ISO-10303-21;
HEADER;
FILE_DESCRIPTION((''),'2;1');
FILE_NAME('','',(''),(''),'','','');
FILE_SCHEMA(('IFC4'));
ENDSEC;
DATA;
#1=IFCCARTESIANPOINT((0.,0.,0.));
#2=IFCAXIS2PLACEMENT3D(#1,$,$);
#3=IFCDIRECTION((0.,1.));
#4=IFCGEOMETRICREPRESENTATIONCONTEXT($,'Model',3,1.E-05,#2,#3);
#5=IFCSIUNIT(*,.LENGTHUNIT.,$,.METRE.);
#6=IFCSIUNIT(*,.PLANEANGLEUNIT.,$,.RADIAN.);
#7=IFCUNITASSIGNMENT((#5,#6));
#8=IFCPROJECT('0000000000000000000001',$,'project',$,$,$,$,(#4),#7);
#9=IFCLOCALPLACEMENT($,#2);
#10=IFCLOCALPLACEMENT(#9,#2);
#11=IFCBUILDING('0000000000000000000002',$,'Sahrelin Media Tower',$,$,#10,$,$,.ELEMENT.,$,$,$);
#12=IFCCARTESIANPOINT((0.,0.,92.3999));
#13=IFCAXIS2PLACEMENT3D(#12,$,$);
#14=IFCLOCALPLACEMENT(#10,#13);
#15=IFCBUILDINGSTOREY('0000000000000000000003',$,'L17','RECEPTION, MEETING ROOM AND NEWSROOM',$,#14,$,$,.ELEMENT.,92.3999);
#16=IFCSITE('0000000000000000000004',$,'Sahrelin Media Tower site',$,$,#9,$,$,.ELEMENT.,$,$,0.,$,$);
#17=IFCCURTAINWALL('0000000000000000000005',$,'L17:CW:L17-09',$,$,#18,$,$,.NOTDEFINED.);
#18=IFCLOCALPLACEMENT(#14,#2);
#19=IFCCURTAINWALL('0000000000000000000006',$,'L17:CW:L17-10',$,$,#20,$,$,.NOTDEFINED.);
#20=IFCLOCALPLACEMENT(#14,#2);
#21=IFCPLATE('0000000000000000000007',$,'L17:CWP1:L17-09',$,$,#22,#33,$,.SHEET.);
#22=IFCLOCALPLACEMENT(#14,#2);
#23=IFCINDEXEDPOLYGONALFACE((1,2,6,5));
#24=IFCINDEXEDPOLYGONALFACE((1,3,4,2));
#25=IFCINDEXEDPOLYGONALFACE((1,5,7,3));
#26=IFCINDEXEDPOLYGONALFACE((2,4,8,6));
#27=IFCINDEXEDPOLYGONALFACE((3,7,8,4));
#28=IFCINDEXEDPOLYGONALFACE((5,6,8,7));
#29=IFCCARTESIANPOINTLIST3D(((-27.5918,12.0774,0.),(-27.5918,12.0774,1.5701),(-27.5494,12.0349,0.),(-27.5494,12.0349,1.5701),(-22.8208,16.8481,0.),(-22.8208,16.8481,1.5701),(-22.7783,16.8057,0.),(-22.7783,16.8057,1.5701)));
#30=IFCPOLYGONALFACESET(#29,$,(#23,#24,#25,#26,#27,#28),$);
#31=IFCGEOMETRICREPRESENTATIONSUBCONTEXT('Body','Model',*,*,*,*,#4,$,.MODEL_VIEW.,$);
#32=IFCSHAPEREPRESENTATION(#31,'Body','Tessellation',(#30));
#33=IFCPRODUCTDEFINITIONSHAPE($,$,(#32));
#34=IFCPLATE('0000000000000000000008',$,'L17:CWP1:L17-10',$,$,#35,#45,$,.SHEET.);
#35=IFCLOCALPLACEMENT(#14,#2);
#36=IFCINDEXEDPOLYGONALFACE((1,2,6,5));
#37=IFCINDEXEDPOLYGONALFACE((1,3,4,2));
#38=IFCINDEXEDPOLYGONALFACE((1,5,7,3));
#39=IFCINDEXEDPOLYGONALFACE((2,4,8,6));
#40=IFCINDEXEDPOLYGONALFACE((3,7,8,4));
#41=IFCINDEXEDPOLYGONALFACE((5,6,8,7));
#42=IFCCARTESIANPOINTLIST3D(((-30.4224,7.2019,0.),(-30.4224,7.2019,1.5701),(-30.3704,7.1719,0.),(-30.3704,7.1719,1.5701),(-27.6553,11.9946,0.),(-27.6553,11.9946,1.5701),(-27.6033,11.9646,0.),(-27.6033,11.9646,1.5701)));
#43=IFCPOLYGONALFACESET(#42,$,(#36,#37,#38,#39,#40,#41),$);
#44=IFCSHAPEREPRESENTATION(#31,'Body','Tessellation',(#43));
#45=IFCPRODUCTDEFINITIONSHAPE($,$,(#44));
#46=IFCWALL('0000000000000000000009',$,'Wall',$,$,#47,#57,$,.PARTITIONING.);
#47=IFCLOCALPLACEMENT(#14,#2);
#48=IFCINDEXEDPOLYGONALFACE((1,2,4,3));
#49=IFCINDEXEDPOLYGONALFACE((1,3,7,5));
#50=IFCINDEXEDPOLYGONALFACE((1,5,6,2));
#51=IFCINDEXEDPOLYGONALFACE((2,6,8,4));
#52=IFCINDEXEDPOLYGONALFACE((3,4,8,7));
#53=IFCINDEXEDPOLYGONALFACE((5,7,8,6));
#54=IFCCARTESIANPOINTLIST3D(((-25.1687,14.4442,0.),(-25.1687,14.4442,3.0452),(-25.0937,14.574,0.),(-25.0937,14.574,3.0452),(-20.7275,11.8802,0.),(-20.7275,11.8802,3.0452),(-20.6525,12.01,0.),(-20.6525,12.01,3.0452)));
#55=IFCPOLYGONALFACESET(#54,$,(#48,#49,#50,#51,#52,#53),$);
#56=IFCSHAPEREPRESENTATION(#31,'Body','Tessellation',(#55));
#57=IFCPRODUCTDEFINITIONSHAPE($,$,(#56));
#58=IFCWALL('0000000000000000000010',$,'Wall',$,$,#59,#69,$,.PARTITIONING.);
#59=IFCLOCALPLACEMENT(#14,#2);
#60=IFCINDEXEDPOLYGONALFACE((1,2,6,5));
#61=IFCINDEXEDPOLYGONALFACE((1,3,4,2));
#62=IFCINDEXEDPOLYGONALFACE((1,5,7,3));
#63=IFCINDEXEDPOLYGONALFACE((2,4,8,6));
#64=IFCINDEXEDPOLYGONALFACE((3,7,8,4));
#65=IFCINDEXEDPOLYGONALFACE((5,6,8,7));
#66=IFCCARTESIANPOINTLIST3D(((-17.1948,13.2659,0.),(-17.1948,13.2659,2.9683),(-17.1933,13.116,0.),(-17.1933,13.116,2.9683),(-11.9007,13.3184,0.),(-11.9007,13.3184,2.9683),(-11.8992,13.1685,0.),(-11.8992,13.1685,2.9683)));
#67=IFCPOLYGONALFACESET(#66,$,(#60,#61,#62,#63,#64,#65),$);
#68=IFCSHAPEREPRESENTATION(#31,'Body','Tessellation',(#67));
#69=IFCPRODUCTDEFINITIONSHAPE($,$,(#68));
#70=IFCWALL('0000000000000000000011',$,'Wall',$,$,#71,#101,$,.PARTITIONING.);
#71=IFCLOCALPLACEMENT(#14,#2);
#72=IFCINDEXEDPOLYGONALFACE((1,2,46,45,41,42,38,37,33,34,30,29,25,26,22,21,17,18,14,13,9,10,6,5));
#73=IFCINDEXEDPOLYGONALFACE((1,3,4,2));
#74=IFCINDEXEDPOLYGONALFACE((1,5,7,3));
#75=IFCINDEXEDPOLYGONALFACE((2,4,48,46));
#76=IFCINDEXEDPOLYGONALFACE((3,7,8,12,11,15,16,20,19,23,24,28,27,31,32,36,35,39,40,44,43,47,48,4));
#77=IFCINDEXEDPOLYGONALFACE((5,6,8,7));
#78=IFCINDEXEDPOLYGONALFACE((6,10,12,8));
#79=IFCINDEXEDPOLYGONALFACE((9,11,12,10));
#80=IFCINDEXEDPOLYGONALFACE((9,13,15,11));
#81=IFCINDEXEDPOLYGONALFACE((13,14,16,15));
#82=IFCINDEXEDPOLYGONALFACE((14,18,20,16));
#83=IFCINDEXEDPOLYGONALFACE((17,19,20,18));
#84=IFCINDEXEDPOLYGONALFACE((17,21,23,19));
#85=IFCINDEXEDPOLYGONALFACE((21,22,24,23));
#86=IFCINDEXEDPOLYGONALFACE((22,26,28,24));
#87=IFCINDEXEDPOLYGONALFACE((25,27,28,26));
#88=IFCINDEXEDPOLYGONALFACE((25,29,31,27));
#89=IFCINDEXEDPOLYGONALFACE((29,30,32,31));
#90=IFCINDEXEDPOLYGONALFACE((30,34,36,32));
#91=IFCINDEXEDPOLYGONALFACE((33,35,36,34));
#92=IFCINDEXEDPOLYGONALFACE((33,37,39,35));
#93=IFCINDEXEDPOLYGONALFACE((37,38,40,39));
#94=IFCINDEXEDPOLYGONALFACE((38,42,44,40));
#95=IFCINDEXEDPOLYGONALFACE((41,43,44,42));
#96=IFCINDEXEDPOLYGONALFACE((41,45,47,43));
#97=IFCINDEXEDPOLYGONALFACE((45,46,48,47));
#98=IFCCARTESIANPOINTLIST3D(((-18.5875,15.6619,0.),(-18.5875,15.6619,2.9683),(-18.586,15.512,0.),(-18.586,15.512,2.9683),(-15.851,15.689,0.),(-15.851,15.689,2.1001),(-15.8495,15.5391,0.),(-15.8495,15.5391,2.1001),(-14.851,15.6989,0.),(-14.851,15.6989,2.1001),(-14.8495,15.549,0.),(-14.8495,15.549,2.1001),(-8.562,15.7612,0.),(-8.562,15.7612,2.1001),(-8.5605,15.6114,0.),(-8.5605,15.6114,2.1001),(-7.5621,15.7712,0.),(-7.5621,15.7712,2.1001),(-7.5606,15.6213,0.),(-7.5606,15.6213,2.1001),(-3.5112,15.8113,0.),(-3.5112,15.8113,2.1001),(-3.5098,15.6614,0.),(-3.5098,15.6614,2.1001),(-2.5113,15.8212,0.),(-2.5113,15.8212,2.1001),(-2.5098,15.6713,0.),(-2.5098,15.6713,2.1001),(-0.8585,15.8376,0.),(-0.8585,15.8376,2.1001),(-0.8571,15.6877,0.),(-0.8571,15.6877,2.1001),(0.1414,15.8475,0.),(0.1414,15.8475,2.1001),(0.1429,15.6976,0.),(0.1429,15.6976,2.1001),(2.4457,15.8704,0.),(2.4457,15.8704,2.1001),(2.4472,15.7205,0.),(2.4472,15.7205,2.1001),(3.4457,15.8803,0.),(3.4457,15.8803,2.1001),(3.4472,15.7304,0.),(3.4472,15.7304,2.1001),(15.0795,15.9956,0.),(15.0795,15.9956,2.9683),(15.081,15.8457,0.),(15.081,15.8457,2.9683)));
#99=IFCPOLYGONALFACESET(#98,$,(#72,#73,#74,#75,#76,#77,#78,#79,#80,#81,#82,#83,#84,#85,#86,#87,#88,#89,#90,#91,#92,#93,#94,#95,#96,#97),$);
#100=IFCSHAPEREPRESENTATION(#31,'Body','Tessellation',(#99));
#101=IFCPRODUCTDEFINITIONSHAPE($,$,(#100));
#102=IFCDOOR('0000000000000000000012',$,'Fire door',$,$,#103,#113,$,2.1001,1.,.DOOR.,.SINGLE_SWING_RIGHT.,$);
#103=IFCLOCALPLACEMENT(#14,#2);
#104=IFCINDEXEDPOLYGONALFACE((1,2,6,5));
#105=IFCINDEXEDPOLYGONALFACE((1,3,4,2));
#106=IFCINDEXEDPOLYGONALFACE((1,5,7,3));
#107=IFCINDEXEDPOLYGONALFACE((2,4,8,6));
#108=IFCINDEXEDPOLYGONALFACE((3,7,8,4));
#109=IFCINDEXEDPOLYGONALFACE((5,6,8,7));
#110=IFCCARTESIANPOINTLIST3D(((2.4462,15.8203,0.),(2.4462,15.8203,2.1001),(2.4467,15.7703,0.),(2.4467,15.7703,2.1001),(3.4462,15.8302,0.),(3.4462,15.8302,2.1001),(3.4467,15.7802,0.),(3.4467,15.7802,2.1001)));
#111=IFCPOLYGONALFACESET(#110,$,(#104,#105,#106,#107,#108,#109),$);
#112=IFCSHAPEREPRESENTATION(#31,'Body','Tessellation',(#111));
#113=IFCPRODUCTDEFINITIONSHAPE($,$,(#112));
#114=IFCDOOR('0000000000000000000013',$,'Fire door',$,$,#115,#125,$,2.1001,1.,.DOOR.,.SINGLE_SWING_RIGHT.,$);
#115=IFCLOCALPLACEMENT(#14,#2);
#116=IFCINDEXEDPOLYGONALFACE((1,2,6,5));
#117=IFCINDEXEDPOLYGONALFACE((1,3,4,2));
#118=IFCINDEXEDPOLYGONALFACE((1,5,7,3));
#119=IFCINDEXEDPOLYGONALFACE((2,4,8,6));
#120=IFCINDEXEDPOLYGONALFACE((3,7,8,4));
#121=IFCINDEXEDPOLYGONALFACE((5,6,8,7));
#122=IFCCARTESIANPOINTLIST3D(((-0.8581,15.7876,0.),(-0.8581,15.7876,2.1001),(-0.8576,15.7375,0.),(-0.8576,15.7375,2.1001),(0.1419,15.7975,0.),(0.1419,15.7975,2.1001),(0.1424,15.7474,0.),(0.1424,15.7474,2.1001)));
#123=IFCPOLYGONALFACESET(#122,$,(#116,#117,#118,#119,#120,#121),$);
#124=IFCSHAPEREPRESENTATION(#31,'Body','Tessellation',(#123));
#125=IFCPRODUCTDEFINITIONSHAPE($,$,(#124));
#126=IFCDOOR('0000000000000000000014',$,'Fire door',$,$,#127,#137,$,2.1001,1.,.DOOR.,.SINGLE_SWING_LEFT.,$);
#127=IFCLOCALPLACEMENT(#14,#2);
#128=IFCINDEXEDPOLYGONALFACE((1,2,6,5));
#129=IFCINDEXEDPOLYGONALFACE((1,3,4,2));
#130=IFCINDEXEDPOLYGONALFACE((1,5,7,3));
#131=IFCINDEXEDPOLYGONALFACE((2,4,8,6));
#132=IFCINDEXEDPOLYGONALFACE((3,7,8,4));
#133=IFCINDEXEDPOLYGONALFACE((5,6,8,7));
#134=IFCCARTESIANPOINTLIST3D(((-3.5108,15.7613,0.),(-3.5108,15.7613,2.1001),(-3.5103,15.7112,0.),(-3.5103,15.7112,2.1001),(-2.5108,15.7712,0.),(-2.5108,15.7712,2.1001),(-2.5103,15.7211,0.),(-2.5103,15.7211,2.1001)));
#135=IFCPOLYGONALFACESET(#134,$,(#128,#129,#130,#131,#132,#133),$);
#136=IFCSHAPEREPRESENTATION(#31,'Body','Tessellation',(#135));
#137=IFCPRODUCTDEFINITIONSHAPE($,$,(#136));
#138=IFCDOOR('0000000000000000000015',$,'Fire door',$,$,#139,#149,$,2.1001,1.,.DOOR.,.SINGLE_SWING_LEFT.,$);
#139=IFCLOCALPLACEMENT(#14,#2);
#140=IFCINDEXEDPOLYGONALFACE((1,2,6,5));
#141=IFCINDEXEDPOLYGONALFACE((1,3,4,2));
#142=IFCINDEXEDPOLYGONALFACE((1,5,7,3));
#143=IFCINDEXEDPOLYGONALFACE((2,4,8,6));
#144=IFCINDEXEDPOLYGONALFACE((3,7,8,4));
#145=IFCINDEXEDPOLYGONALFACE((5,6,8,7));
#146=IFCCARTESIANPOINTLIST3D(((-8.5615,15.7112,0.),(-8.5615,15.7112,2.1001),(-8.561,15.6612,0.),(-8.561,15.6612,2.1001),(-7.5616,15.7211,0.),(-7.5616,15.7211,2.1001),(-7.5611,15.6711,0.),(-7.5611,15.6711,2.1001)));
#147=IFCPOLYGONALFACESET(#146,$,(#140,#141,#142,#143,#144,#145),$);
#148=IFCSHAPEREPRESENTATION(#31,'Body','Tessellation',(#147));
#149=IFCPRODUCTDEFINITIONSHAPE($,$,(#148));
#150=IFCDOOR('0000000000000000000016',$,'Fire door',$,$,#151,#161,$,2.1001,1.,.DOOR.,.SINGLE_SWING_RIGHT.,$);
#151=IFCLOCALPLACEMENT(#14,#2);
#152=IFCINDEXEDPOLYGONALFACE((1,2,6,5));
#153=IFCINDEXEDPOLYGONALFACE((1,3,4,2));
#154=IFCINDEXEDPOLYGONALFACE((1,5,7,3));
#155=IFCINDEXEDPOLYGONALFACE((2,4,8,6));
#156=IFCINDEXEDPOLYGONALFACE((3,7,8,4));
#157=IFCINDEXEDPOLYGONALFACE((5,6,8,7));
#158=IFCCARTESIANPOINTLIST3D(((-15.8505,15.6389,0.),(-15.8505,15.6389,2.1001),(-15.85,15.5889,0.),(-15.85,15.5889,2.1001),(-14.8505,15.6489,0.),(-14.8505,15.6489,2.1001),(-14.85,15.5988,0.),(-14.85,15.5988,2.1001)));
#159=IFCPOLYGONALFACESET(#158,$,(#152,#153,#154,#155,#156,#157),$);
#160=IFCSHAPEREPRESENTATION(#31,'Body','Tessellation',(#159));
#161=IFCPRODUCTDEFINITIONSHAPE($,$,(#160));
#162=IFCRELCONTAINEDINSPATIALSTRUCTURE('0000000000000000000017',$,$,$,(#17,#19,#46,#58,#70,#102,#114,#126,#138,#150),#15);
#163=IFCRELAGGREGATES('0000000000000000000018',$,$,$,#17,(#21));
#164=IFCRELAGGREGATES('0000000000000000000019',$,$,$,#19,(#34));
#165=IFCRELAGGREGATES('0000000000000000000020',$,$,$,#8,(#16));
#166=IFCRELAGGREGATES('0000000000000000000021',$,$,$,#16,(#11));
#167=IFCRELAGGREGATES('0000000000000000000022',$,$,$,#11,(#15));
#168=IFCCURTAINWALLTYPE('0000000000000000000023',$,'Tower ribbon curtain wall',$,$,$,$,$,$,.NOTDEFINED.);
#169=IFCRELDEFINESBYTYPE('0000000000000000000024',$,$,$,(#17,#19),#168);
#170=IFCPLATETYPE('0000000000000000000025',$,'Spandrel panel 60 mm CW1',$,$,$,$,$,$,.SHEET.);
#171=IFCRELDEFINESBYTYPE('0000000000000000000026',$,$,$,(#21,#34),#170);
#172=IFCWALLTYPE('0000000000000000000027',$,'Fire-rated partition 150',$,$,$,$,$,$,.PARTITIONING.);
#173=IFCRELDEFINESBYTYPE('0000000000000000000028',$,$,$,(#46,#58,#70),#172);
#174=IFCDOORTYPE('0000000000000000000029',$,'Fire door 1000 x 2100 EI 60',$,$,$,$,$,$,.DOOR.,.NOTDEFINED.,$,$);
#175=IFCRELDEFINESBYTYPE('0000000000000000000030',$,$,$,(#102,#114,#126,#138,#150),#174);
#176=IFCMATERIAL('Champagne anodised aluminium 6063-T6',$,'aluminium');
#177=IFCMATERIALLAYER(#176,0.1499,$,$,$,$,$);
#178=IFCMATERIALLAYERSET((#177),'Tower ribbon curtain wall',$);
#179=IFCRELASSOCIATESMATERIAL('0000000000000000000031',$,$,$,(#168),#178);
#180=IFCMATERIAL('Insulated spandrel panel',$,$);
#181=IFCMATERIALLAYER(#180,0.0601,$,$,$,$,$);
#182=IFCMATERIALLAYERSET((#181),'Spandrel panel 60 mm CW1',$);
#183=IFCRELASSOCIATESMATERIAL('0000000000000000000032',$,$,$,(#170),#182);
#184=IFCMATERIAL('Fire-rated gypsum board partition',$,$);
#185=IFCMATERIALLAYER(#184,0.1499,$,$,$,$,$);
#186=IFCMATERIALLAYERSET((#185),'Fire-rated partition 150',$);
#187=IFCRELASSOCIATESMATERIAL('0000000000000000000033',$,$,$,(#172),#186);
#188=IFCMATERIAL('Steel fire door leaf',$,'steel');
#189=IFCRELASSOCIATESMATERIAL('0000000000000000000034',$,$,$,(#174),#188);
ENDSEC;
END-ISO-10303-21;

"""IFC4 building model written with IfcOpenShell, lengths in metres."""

from ifc_helpers import new_model, si_unit, direction, frame, frame_2d, origin, place, context, subcontext, project, spatial, polyline, rectangle, outline, extrude, material, layer, layer_set, type_object, element, fill, aggregate, save


model = new_model("IFC4")

# Units and contexts
model_context = context("Model", 3, precision=1e-05, world=origin(), true_north=direction((0.0, 1.0)))
body_context = subcontext(model_context, "Body", "Model", "MODEL_VIEW")
ifc_project = project(units=[si_unit("LENGTHUNIT", "METRE"), si_unit("PLANEANGLEUNIT", "RADIAN")], contexts=[model_context])

# Site, building, storey
site_placement = place(None, origin())
site = spatial("IfcSite", under=ifc_project, at=site_placement, Name="Sahrelin Media Tower site", CompositionType="ELEMENT", RefElevation=0.0)
building_placement = place(site_placement, origin())
building = spatial("IfcBuilding", under=site, at=building_placement, Name="Sahrelin Media Tower", CompositionType="ELEMENT")
storey_placement = place(building_placement, frame((0.0, 0.0, 92.3999)))
storey = spatial("IfcBuildingStorey", under=building, at=storey_placement, Name="L17", Description="RECEPTION, MEETING ROOM AND NEWSROOM", CompositionType="ELEMENT", Elevation=92.3999)

# Curtain wall
ifc_material_1 = material(Name="Champagne anodised aluminium 6063-T6", Category="aluminium")
ifc_layer_1 = layer(ifc_material_1, 0.1499)
ifc_layer_set_1 = layer_set([ifc_layer_1], Name="Tower ribbon curtain wall")
curtain_wall_type = type_object("IfcCurtainWallType", Name="Tower ribbon curtain wall", PredefinedType="NOTDEFINED", material=ifc_layer_set_1)
curtain_wall_1_placement = place(storey_placement, frame((-25.1921, 14.4485, 0.0), z_axis=(0.0, 0.0, 1.0), x_axis=(1.0, 0.0, 0.0)))
curtain_wall_1 = element("IfcCurtainWall", 1, at=curtain_wall_1_placement, inside=storey, type_object=curtain_wall_type, Name="L17:CW:L17-09", PredefinedType="NOTDEFINED")

# Curtain wall
curtain_wall_2_placement = place(storey_placement, frame((-29.0215, 9.5884, 0.0), z_axis=(0.0, 0.0, 1.0), x_axis=(1.0, 0.0, 0.0)))
curtain_wall_2 = element("IfcCurtainWall", 2, at=curtain_wall_2_placement, inside=storey, type_object=curtain_wall_type, Name="L17:CW:L17-10", PredefinedType="NOTDEFINED")

# Plates
ifc_material_2 = material(Name="Insulated spandrel panel")
ifc_layer_2 = layer(ifc_material_2, 0.0601)
ifc_layer_set_2 = layer_set([ifc_layer_2], Name="Spandrel panel 60 mm CW1")
plate_type_1 = type_object("IfcPlateType", Name="Spandrel panel 60 mm CW1", PredefinedType="SHEET", material=ifc_layer_set_2)
plate_1_placement = place(storey_placement, frame((-22.8208, 16.8481, 0.0), z_axis=(-0.707089, 0.707125, 0.0), x_axis=(-0.707125, -0.707089, 0.0)))
plate_1 = element("IfcPlate", 3, at=plate_1_placement, type_object=plate_type_1, Name="L17:CWP1:L17-09", PredefinedType="SHEET", context=body_context, shape_type="SweptSolid", body=[
    extrude(outline(polyline([(0.0, 0.0), (6.7471, 0.0), (6.7471, 1.5701), (0.0, 1.5701), (0.0, 0.0)])), origin(), (0.0, 0.0, -1.0), 0.0601),
])
aggregate(curtain_wall_1, [plate_1])
plate_2_placement = place(storey_placement, frame((-27.6553, 11.9946, 0.0), z_axis=(-0.866025, 0.500001, 0.0), x_axis=(-0.500001, -0.866025, 0.0)))
plate_2 = element("IfcPlate", 4, at=plate_2_placement, type_object=plate_type_1, Name="L17:CWP1:L17-10", PredefinedType="SHEET", context=body_context, shape_type="SweptSolid", body=[
    extrude(outline(polyline([(0.0, 0.0), (5.5342, 0.0), (5.5342, 1.5701), (0.0, 1.5701), (0.0, 0.0)])), origin(), (0.0, 0.0, -1.0), 0.0601),
])
aggregate(curtain_wall_2, [plate_2])

# Walls
ifc_material_3 = material(Name="Fire-rated gypsum board partition")
ifc_layer_3 = layer(ifc_material_3, 0.1499)
ifc_layer_set_3 = layer_set([ifc_layer_3], Name="Fire-rated partition 150")
wall_type_1 = type_object("IfcWallType", Name="Fire-rated partition 150", PredefinedType="PARTITIONING", material=ifc_layer_set_3)
wall_1_placement = place(storey_placement, frame((-25.1311, 14.509, 0.0), z_axis=(0.0, 0.0, 1.0), x_axis=(0.866037, -0.499979, 0.0)))
element("IfcWall", 5, at=wall_1_placement, inside=storey, type_object=wall_type_1, Name="Wall", PredefinedType="PARTITIONING", context=body_context, shape_type="SweptSolid", body=[
    extrude(rectangle(XDim=5.1282, YDim=0.1499, at=frame_2d((2.564, 0.0))), origin(), (0.0, 0.0, 1.0), 3.0452),
])
wall_2_placement = place(storey_placement, frame((-17.1941, 13.1909, 0.0), z_axis=(0.0, 0.0, 1.0), x_axis=(0.999951, 0.009914, 0.0)))
element("IfcWall", 6, at=wall_2_placement, inside=storey, type_object=wall_type_1, Name="Wall", PredefinedType="PARTITIONING", context=body_context, shape_type="SweptSolid", body=[
    extrude(rectangle(XDim=5.2944, YDim=0.1499, at=frame_2d((2.6472, 0.0))), origin(), (0.0, 0.0, 1.0), 2.9683),
])

# Wall, openings, doors
wall_3_placement = place(storey_placement, frame((-18.5869, 15.5869, 0.0), z_axis=(0.0, 0.0, 1.0), x_axis=(0.999951, 0.009912, 0.0)))
wall_3 = element("IfcWall", 7, at=wall_3_placement, inside=storey, type_object=wall_type_1, Name="Wall", PredefinedType="PARTITIONING", context=body_context, shape_type="SweptSolid", body=[
    extrude(rectangle(XDim=33.6687, YDim=0.1499, at=frame_2d((16.8345, 0.0))), origin(), (0.0, 0.0, 1.0), 2.9683),
])
opening_1_placement = place(wall_3_placement, frame((21.0344, 0.0, 0.0)))
opening_1 = element("IfcOpeningElement", 8, at=opening_1_placement, cuts=wall_3, PredefinedType="OPENING", context=body_context, shape_type="SweptSolid", body=[
    extrude(rectangle(XDim=1.0, YDim=2.1001, at=frame_2d((0.5, 1.05))), frame((0.0, 0.075, 0.0), z_axis=(0.0, -1.0, 0.0), x_axis=(1.0, 0.0, 0.0)), (0.0, 0.0, 1.0), 0.1499),
])
opening_2_placement = place(wall_3_placement, frame((17.73, 0.0, 0.0)))
opening_2 = element("IfcOpeningElement", 9, at=opening_2_placement, cuts=wall_3, PredefinedType="OPENING", context=body_context, shape_type="SweptSolid", body=[
    extrude(rectangle(XDim=1.0, YDim=2.1001, at=frame_2d((0.5, 1.05))), frame((0.0, 0.075, 0.0), z_axis=(0.0, -1.0, 0.0), x_axis=(1.0, 0.0, 0.0)), (0.0, 0.0, 1.0), 0.1499),
])
opening_3_placement = place(wall_3_placement, frame((15.0771, 0.0, 0.0)))
opening_3 = element("IfcOpeningElement", 10, at=opening_3_placement, cuts=wall_3, PredefinedType="OPENING", context=body_context, shape_type="SweptSolid", body=[
    extrude(rectangle(XDim=1.0, YDim=2.1001, at=frame_2d((0.5, 1.05))), frame((0.0, 0.075, 0.0), z_axis=(0.0, -1.0, 0.0), x_axis=(1.0, 0.0, 0.0)), (0.0, 0.0, 1.0), 0.1499),
])
opening_4_placement = place(wall_3_placement, frame((10.0261, 0.0, 0.0)))
opening_4 = element("IfcOpeningElement", 11, at=opening_4_placement, cuts=wall_3, PredefinedType="OPENING", context=body_context, shape_type="SweptSolid", body=[
    extrude(rectangle(XDim=1.0, YDim=2.1001, at=frame_2d((0.5, 1.05))), frame((0.0, 0.075, 0.0), z_axis=(0.0, -1.0, 0.0), x_axis=(1.0, 0.0, 0.0)), (0.0, 0.0, 1.0), 0.1499),
])
opening_5_placement = place(wall_3_placement, frame((2.7368, 0.0, 0.0)))
opening_5 = element("IfcOpeningElement", 12, at=opening_5_placement, cuts=wall_3, PredefinedType="OPENING", context=body_context, shape_type="SweptSolid", body=[
    extrude(rectangle(XDim=1.0, YDim=2.1001, at=frame_2d((0.5, 1.05))), frame((0.0, 0.075, 0.0), z_axis=(0.0, -1.0, 0.0), x_axis=(1.0, 0.0, 0.0)), (0.0, 0.0, 1.0), 0.1499),
])
ifc_material_4 = material(Name="Steel fire door leaf", Category="steel")
door_type_1 = type_object("IfcDoorType", Name="Fire door 1000 x 2100 EI 60", OperationType="NOTDEFINED", PredefinedType="DOOR", material=ifc_material_4)
door_1_placement = place(opening_1_placement, origin())
door_1 = element("IfcDoor", 13, at=door_1_placement, inside=storey, type_object=door_type_1, Name="Fire door", OperationType="SINGLE_SWING_RIGHT", OverallHeight=2.1001, OverallWidth=1.0, PredefinedType="DOOR", context=body_context, shape_type="SweptSolid", body=[
    extrude(rectangle(XDim=1.0, YDim=2.1001, at=frame_2d((0.5, 1.05))), frame((0.0, 0.0249, 0.0), z_axis=(0.0, -1.0, 0.0), x_axis=(1.0, 0.0, 0.0)), (0.0, 0.0, 1.0), 0.05),
])
fill(opening_1, door_1)
door_2_placement = place(opening_2_placement, origin())
door_2 = element("IfcDoor", 14, at=door_2_placement, inside=storey, type_object=door_type_1, Name="Fire door", OperationType="SINGLE_SWING_RIGHT", OverallHeight=2.1001, OverallWidth=1.0, PredefinedType="DOOR", context=body_context, shape_type="SweptSolid", body=[
    extrude(rectangle(XDim=1.0, YDim=2.1001, at=frame_2d((0.5, 1.05))), frame((0.0, 0.0249, 0.0), z_axis=(0.0, -1.0, 0.0), x_axis=(1.0, 0.0, 0.0)), (0.0, 0.0, 1.0), 0.05),
])
fill(opening_2, door_2)
door_3_placement = place(opening_3_placement, origin())
door_3 = element("IfcDoor", 15, at=door_3_placement, inside=storey, type_object=door_type_1, Name="Fire door", OperationType="SINGLE_SWING_LEFT", OverallHeight=2.1001, OverallWidth=1.0, PredefinedType="DOOR", context=body_context, shape_type="SweptSolid", body=[
    extrude(rectangle(XDim=1.0, YDim=2.1001, at=frame_2d((0.5, 1.05))), frame((0.0, 0.0249, 0.0), z_axis=(0.0, -1.0, 0.0), x_axis=(1.0, 0.0, 0.0)), (0.0, 0.0, 1.0), 0.05),
])
fill(opening_3, door_3)
door_4_placement = place(opening_4_placement, origin())
door_4 = element("IfcDoor", 16, at=door_4_placement, inside=storey, type_object=door_type_1, Name="Fire door", OperationType="SINGLE_SWING_LEFT", OverallHeight=2.1001, OverallWidth=1.0, PredefinedType="DOOR", context=body_context, shape_type="SweptSolid", body=[
    extrude(rectangle(XDim=1.0, YDim=2.1001, at=frame_2d((0.5, 1.05))), frame((0.0, 0.0249, 0.0), z_axis=(0.0, -1.0, 0.0), x_axis=(1.0, 0.0, 0.0)), (0.0, 0.0, 1.0), 0.05),
])
fill(opening_4, door_4)
door_5_placement = place(opening_5_placement, origin())
door_5 = element("IfcDoor", 17, at=door_5_placement, inside=storey, type_object=door_type_1, Name="Fire door", OperationType="SINGLE_SWING_RIGHT", OverallHeight=2.1001, OverallWidth=1.0, PredefinedType="DOOR", context=body_context, shape_type="SweptSolid", body=[
    extrude(rectangle(XDim=1.0, YDim=2.1001, at=frame_2d((0.5, 1.05))), frame((0.0, 0.0249, 0.0), z_axis=(0.0, -1.0, 0.0), x_axis=(1.0, 0.0, 0.0)), (0.0, 0.0, 1.0), 0.05),
])
fill(opening_5, door_5)

save(model, "model.ifc")
